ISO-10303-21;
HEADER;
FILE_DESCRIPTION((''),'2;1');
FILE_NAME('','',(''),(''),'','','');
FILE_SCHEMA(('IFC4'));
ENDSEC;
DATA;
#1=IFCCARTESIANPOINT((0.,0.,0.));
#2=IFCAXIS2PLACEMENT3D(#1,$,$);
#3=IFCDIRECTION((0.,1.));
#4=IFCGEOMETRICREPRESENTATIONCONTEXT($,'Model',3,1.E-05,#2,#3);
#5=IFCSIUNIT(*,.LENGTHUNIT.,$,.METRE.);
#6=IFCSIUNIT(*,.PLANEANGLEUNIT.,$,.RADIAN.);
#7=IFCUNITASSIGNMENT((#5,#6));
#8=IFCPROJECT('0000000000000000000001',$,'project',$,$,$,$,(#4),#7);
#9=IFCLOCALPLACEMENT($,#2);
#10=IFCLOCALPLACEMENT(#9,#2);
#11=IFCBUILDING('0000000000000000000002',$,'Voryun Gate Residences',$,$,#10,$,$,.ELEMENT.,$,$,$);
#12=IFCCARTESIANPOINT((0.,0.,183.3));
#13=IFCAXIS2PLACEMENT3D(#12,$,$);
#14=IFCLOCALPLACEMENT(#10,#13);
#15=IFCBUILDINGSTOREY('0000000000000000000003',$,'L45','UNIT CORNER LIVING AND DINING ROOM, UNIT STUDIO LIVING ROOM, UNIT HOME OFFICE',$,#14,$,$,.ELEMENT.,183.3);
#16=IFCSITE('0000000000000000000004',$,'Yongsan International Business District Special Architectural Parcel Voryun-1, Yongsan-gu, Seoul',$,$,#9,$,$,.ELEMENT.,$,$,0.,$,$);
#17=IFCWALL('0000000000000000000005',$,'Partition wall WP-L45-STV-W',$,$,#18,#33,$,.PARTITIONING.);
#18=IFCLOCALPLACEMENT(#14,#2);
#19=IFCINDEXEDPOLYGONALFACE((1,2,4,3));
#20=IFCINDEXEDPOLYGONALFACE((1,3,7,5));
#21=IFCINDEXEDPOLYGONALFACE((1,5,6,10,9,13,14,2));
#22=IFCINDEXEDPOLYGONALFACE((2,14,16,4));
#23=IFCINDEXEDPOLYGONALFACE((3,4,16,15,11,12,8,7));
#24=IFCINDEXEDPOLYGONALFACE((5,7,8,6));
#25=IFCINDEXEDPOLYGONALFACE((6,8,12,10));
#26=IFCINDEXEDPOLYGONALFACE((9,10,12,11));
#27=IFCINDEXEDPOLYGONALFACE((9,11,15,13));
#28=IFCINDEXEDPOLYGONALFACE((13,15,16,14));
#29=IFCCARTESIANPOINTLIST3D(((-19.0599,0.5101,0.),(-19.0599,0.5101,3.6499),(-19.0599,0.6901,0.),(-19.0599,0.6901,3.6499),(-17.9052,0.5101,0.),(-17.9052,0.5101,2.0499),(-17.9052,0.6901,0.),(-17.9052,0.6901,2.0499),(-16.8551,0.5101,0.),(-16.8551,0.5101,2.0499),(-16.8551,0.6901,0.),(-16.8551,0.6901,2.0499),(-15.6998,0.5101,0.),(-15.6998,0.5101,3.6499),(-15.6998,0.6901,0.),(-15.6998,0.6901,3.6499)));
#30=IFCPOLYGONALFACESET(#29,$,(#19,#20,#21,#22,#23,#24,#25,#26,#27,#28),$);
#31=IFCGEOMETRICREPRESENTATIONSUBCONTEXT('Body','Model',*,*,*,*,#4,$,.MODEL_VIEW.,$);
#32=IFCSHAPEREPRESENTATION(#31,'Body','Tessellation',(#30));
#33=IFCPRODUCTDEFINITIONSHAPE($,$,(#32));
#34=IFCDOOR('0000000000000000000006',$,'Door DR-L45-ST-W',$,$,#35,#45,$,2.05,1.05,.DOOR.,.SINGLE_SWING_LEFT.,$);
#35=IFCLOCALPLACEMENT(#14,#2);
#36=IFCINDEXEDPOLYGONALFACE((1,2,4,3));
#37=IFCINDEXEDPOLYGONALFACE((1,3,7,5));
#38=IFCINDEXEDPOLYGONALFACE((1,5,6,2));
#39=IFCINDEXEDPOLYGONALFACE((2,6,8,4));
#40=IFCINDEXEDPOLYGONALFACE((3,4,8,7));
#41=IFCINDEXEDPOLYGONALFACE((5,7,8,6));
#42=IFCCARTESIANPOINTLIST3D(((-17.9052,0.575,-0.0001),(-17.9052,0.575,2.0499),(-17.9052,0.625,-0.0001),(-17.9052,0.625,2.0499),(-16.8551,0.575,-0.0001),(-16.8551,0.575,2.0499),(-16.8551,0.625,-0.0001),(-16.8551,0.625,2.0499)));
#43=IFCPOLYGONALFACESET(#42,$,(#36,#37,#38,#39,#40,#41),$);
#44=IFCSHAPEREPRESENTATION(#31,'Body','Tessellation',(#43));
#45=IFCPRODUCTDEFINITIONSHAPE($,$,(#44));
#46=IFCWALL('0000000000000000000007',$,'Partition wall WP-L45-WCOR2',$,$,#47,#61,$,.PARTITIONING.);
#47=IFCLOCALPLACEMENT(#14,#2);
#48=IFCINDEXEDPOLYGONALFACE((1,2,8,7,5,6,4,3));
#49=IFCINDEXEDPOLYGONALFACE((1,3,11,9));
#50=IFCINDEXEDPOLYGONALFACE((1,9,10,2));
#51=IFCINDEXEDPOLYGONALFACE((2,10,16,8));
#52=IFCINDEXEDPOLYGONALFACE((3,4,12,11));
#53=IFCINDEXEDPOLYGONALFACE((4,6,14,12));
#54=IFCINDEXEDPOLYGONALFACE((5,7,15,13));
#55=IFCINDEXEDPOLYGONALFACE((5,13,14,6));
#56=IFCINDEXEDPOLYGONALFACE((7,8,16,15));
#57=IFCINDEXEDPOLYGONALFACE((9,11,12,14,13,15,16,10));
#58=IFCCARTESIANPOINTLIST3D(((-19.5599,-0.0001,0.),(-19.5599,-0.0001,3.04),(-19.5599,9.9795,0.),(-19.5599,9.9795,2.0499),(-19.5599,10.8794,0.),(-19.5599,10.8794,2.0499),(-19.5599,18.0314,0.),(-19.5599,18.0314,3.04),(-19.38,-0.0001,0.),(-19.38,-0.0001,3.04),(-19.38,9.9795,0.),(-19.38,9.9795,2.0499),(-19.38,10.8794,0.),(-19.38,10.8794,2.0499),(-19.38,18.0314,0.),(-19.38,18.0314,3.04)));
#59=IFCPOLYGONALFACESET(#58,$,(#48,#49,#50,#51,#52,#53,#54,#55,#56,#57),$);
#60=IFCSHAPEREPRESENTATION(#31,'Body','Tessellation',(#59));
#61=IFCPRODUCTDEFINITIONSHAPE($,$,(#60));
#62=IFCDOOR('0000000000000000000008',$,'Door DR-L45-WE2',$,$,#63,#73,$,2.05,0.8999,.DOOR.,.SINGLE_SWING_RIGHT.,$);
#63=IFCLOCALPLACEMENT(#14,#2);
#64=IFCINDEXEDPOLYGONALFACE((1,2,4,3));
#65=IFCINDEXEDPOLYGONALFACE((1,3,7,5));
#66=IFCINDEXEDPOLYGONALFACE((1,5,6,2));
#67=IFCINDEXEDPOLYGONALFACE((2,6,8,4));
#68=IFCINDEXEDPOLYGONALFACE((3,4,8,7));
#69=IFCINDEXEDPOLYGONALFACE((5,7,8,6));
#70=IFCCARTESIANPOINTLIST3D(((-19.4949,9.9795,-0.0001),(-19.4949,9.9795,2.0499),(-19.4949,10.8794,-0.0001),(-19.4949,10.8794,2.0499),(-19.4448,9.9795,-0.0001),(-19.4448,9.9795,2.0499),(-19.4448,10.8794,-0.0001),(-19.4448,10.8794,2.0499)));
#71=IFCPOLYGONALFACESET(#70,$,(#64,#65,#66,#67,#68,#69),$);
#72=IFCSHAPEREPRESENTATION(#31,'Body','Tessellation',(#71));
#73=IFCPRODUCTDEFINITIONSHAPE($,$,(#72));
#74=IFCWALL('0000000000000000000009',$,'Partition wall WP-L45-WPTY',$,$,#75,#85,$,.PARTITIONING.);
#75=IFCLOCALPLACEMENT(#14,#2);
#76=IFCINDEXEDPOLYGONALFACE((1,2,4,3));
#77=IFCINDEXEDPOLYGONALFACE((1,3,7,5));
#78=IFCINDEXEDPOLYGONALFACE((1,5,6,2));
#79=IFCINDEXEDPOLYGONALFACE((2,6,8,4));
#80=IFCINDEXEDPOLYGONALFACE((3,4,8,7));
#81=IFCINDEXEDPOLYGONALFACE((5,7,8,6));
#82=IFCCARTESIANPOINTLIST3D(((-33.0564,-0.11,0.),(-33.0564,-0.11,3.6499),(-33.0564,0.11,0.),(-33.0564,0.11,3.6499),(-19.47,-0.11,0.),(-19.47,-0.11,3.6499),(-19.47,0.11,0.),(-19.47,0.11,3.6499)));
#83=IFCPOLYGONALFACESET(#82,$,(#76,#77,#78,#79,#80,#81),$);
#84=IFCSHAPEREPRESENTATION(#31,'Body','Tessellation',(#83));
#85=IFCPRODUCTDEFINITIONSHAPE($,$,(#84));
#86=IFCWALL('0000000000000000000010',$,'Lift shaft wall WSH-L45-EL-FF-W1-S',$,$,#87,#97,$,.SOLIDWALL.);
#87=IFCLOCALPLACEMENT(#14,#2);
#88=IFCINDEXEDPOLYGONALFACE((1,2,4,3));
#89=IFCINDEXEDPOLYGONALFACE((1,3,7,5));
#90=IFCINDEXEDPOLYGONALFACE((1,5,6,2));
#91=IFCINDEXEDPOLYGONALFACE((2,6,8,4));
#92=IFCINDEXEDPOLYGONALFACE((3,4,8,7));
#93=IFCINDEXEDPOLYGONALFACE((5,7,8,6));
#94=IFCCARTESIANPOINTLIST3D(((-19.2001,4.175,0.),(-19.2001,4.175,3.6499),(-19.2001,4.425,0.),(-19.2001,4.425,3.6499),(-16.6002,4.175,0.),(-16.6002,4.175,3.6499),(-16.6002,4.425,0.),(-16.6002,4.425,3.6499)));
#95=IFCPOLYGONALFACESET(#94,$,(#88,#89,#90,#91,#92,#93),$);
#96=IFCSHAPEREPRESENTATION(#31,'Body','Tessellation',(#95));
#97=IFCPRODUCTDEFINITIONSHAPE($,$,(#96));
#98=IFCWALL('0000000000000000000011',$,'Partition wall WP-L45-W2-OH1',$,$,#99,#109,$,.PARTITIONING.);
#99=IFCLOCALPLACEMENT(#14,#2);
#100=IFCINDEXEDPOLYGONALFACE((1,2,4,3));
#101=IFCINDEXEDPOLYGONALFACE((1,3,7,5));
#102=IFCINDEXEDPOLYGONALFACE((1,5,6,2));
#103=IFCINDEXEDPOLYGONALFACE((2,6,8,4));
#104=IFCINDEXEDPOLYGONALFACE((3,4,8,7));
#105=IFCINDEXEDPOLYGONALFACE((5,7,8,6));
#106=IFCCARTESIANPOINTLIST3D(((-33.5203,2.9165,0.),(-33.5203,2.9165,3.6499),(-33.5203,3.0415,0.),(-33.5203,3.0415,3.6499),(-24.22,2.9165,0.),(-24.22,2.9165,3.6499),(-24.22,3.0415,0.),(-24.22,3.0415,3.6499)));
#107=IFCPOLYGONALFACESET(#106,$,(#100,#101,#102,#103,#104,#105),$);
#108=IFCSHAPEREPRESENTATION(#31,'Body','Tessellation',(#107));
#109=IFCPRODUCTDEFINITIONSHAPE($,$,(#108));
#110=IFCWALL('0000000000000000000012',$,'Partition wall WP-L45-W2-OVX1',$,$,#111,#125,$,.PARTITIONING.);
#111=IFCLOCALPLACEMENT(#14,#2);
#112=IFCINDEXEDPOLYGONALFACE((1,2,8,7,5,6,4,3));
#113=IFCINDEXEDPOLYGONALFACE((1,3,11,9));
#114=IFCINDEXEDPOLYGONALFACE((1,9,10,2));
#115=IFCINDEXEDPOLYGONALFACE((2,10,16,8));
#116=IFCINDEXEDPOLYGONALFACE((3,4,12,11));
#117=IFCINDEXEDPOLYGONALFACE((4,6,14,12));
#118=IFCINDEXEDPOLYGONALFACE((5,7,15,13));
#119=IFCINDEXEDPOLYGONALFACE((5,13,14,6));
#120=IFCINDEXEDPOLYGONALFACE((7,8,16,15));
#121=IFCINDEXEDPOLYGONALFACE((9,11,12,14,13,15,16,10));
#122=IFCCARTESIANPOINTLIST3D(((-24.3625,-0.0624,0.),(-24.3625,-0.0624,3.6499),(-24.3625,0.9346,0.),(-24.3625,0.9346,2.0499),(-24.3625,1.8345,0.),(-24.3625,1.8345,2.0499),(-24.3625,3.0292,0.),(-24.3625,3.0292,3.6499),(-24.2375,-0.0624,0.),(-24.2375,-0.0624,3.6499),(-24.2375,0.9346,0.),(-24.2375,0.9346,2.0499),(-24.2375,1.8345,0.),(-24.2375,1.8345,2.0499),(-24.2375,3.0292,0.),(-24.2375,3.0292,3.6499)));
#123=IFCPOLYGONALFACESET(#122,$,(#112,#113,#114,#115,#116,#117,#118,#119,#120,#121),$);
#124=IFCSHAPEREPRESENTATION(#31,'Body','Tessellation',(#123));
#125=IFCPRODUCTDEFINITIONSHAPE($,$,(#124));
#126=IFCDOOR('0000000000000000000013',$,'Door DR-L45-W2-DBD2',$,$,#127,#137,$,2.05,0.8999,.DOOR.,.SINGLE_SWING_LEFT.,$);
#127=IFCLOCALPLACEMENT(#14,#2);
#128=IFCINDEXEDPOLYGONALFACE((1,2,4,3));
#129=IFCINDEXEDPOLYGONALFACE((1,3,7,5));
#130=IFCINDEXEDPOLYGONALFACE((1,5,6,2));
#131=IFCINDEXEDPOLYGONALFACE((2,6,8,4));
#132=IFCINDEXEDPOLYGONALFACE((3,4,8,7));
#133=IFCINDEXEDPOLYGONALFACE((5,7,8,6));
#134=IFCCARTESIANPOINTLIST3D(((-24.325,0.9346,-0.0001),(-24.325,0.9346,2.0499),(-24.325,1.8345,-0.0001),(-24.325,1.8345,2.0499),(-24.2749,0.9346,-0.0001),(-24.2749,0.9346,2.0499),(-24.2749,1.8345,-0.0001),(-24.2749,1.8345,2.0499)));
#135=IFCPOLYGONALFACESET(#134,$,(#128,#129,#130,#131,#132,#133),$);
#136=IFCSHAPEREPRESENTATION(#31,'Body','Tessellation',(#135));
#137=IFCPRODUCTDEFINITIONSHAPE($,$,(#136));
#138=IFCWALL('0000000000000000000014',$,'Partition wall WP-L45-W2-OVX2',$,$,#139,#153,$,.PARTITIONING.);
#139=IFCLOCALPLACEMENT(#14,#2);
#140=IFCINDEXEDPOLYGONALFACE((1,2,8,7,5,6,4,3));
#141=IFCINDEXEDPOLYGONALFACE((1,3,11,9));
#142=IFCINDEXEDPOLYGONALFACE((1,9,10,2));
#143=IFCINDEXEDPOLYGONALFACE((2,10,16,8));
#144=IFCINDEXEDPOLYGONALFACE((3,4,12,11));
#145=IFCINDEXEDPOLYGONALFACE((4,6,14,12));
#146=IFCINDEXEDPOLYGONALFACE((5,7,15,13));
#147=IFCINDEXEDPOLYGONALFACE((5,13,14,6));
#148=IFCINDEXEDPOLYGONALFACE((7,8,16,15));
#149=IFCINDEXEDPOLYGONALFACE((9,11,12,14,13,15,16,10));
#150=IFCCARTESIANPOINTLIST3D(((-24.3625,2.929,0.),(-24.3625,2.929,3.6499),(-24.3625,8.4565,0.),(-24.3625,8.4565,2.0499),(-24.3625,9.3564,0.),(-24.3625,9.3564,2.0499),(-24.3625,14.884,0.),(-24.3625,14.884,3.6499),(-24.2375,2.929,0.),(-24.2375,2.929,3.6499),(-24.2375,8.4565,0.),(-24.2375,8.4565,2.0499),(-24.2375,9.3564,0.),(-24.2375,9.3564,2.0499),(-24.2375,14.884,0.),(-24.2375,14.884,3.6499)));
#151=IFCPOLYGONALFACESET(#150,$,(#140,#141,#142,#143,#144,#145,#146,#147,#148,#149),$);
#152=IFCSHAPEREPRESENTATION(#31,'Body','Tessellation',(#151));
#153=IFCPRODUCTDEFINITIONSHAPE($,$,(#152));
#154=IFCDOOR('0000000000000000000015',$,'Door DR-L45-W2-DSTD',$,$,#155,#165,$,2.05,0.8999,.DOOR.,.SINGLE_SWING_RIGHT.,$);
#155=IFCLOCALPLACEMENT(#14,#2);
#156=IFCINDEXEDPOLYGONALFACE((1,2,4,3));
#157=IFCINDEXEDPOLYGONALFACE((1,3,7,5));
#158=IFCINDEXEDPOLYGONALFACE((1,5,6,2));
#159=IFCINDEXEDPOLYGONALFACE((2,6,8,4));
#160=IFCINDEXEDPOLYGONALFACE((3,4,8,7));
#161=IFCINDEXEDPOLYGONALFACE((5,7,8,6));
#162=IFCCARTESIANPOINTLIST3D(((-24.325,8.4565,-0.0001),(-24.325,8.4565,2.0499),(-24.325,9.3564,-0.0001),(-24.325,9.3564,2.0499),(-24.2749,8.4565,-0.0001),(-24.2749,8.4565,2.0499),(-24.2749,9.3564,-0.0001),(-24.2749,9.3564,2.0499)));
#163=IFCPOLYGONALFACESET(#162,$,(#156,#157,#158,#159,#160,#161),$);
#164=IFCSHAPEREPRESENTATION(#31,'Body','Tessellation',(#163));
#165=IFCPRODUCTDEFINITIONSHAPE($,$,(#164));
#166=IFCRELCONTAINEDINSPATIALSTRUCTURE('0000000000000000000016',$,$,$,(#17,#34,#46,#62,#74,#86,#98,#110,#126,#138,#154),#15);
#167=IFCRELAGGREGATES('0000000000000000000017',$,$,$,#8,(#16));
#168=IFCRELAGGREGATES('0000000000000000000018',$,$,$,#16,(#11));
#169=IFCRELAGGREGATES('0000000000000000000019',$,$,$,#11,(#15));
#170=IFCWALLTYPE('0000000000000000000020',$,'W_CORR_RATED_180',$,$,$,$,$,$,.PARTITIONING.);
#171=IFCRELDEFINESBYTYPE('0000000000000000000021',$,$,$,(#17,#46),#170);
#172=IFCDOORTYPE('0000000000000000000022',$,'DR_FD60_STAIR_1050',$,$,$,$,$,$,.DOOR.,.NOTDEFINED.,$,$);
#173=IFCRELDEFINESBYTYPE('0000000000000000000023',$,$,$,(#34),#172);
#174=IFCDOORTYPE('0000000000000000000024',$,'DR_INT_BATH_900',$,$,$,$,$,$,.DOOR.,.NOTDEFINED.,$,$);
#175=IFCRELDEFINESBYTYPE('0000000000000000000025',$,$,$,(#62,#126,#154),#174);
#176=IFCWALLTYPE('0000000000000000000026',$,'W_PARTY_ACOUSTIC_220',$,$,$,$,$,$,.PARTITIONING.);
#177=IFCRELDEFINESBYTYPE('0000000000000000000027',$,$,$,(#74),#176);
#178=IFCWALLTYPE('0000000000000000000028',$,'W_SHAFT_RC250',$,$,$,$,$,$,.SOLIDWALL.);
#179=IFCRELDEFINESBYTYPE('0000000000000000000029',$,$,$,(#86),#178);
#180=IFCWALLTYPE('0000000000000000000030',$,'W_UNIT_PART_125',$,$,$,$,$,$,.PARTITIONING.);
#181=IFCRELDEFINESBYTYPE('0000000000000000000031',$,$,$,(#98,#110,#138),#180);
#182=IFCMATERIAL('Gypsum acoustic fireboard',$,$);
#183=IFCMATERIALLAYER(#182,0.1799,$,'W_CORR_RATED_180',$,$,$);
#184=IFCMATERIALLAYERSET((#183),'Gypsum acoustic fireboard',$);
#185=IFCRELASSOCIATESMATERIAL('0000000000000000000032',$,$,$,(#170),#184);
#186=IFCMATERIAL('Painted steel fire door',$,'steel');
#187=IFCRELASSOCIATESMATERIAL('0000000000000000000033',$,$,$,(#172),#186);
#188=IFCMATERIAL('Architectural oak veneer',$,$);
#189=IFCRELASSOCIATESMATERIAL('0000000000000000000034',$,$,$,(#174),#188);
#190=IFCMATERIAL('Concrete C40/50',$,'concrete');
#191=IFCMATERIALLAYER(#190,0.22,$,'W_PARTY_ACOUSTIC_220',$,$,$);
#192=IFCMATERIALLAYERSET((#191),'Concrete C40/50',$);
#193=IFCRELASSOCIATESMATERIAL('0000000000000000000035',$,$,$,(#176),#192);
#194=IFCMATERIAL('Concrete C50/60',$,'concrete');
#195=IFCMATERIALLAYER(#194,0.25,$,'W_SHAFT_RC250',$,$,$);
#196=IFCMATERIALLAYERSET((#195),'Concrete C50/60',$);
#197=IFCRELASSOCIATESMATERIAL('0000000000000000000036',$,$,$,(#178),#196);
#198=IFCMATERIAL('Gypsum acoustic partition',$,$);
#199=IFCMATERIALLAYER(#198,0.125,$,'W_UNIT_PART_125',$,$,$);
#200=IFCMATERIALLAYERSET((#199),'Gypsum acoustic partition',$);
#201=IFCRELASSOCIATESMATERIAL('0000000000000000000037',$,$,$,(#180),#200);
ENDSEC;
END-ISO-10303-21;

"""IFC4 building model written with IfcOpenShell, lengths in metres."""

from ifc_helpers import new_model, si_unit, direction, frame, frame_2d, origin, place, context, subcontext, project, spatial, rectangle, extrude, material, layer, layer_set, type_object, element, fill, save


model = new_model("IFC4")

# Units and contexts
model_context = context("Model", 3, precision=1e-05, world=origin(), true_north=direction((0.0, 1.0)))
body_context = subcontext(model_context, "Body", "Model", "MODEL_VIEW")
ifc_project = project(units=[si_unit("LENGTHUNIT", "METRE"), si_unit("PLANEANGLEUNIT", "RADIAN")], contexts=[model_context])

# Site, building, storey
site_placement = place(None, origin())
site = spatial("IfcSite", under=ifc_project, at=site_placement, Name="Yongsan International Business District Special Architectural Parcel Voryun-1, Yongsan-gu, Seoul", CompositionType="ELEMENT", RefElevation=0.0)
building_placement = place(site_placement, origin())
building = spatial("IfcBuilding", under=site, at=building_placement, Name="Voryun Gate Residences", CompositionType="ELEMENT")
storey_placement = place(building_placement, frame((0.0, 0.0, 183.3)))
storey = spatial("IfcBuildingStorey", under=building, at=storey_placement, Name="L45", Description="UNIT CORNER LIVING AND DINING ROOM, UNIT STUDIO LIVING ROOM, UNIT HOME OFFICE", CompositionType="ELEMENT", Elevation=183.3)

# Walls, openings, doors
ifc_material_1 = material(Name="Gypsum acoustic fireboard")
ifc_layer_1 = layer(ifc_material_1, 0.1799, Name="W_CORR_RATED_180")
ifc_layer_set_1 = layer_set([ifc_layer_1], Name="Gypsum acoustic fireboard")
wall_type_1 = type_object("IfcWallType", Name="W_CORR_RATED_180", PredefinedType="PARTITIONING", material=ifc_layer_set_1)
wall_1_placement = place(storey_placement, frame((-19.0601, 0.6001, 0.0), z_axis=(0.0, 0.0, 1.0), x_axis=(1.0, 0.0, 0.0)))
wall_1 = element("IfcWall", 1, at=wall_1_placement, inside=storey, type_object=wall_type_1, Name="Partition wall WP-L45-STV-W", PredefinedType="PARTITIONING", context=body_context, shape_type="SweptSolid", body=[
    extrude(rectangle(XDim=3.3601, YDim=0.1799, at=frame_2d((1.6802, 0.0))), origin(), (0.0, 0.0, 1.0), 3.6499),
])
opening_1_placement = place(wall_1_placement, frame((1.155, 0.0, 0.0)))
opening_1 = element("IfcOpeningElement", 2, at=opening_1_placement, cuts=wall_1, PredefinedType="OPENING", context=body_context, shape_type="SweptSolid", body=[
    extrude(rectangle(XDim=1.05, YDim=2.05, at=frame_2d((0.5249, 1.0249))), frame((0.0, 0.0999, 0.0), z_axis=(0.0, -1.0, 0.0), x_axis=(1.0, 0.0, 0.0)), (0.0, 0.0, 1.0), 0.2),
])
ifc_material_2 = material(Name="Painted steel fire door", Category="steel")
door_type_1 = type_object("IfcDoorType", Name="DR_FD60_STAIR_1050", OperationType="NOTDEFINED", PredefinedType="DOOR", material=ifc_material_2)
door_1_placement = place(opening_1_placement, origin())
door_1 = element("IfcDoor", 3, at=door_1_placement, inside=storey, type_object=door_type_1, Name="Door DR-L45-ST-W", OperationType="SINGLE_SWING_LEFT", OverallHeight=2.05, OverallWidth=1.05, PredefinedType="DOOR", context=body_context, shape_type="SweptSolid", body=[
    extrude(rectangle(XDim=1.05, YDim=2.05, at=frame_2d((0.5249, 1.0249))), frame((0.0, 0.0249, 0.0), z_axis=(0.0, -1.0, 0.0), x_axis=(1.0, 0.0, 0.0)), (0.0, 0.0, 1.0), 0.05),
])
fill(opening_1, door_1)
wall_2_placement = place(storey_placement, frame((-19.47, 0.0, 0.0), z_axis=(0.0, 0.0, 1.0), x_axis=(0.0, 1.0, 0.0)))
wall_2 = element("IfcWall", 4, at=wall_2_placement, inside=storey, type_object=wall_type_1, Name="Partition wall WP-L45-WCOR2", PredefinedType="PARTITIONING", context=body_context, shape_type="SweptSolid", body=[
    extrude(rectangle(XDim=18.0315, YDim=0.1799, at=frame_2d((9.0156, 0.0))), origin(), (0.0, 0.0, 1.0), 3.04),
])
opening_2_placement = place(wall_2_placement, frame((9.9795, 0.0, 0.0)))
opening_2 = element("IfcOpeningElement", 5, at=opening_2_placement, cuts=wall_2, PredefinedType="OPENING", context=body_context, shape_type="SweptSolid", body=[
    extrude(rectangle(XDim=0.8999, YDim=2.05, at=frame_2d((0.45, 1.0249))), frame((0.0, 0.0999, 0.0), z_axis=(0.0, -1.0, 0.0), x_axis=(1.0, 0.0, 0.0)), (0.0, 0.0, 1.0), 0.2),
])
ifc_material_3 = material(Name="Architectural oak veneer")
door_type_2 = type_object("IfcDoorType", Name="DR_INT_BATH_900", OperationType="NOTDEFINED", PredefinedType="DOOR", material=ifc_material_3)
door_2_placement = place(opening_2_placement, origin())
door_2 = element("IfcDoor", 6, at=door_2_placement, inside=storey, type_object=door_type_2, Name="Door DR-L45-WE2", OperationType="SINGLE_SWING_RIGHT", OverallHeight=2.05, OverallWidth=0.8999, PredefinedType="DOOR", context=body_context, shape_type="SweptSolid", body=[
    extrude(rectangle(XDim=0.8999, YDim=2.05, at=frame_2d((0.45, 1.0249))), frame((0.0, 0.0249, 0.0), z_axis=(0.0, -1.0, 0.0), x_axis=(1.0, 0.0, 0.0)), (0.0, 0.0, 1.0), 0.05),
])
fill(opening_2, door_2)

# Walls
ifc_material_4 = material(Name="Concrete C40/50", Category="concrete")
ifc_layer_2 = layer(ifc_material_4, 0.22, Name="W_PARTY_ACOUSTIC_220")
ifc_layer_set_2 = layer_set([ifc_layer_2], Name="Concrete C40/50")
wall_type_2 = type_object("IfcWallType", Name="W_PARTY_ACOUSTIC_220", PredefinedType="PARTITIONING", material=ifc_layer_set_2)
wall_3_placement = place(storey_placement, frame((-19.47, 0.0, 0.0), z_axis=(0.0, 0.0, 1.0), x_axis=(-1.0, 0.0, 0.0)))
element("IfcWall", 7, at=wall_3_placement, inside=storey, type_object=wall_type_2, Name="Partition wall WP-L45-WPTY", PredefinedType="PARTITIONING", context=body_context, shape_type="SweptSolid", body=[
    extrude(rectangle(XDim=13.5864, YDim=0.22, at=frame_2d((6.7932, 0.0))), origin(), (0.0, 0.0, 1.0), 3.6499),
])
ifc_material_5 = material(Name="Concrete C50/60", Category="concrete")
ifc_layer_3 = layer(ifc_material_5, 0.25, Name="W_SHAFT_RC250")
ifc_layer_set_3 = layer_set([ifc_layer_3], Name="Concrete C50/60")
wall_type_3 = type_object("IfcWallType", Name="W_SHAFT_RC250", PredefinedType="SOLIDWALL", material=ifc_layer_set_3)
wall_4_placement = place(storey_placement, frame((-19.2, 4.3, 0.0), z_axis=(0.0, 0.0, 1.0), x_axis=(1.0, 0.0, 0.0)))
element("IfcWall", 8, at=wall_4_placement, inside=storey, type_object=wall_type_3, Name="Lift shaft wall WSH-L45-EL-FF-W1-S", PredefinedType="SOLIDWALL", context=body_context, shape_type="SweptSolid", body=[
    extrude(rectangle(XDim=2.5999, YDim=0.25, at=frame_2d((1.2998, 0.0))), origin(), (0.0, 0.0, 1.0), 3.6499),
])
ifc_material_6 = material(Name="Gypsum acoustic partition")
ifc_layer_4 = layer(ifc_material_6, 0.125, Name="W_UNIT_PART_125")
ifc_layer_set_4 = layer_set([ifc_layer_4], Name="Gypsum acoustic partition")
wall_type_4 = type_object("IfcWallType", Name="W_UNIT_PART_125", PredefinedType="PARTITIONING", material=ifc_layer_set_4)
wall_5_placement = place(storey_placement, frame((-33.5203, 2.979, 0.0), z_axis=(0.0, 0.0, 1.0), x_axis=(1.0, 0.0, 0.0)))
element("IfcWall", 9, at=wall_5_placement, inside=storey, type_object=wall_type_4, Name="Partition wall WP-L45-W2-OH1", PredefinedType="PARTITIONING", context=body_context, shape_type="SweptSolid", body=[
    extrude(rectangle(XDim=9.3003, YDim=0.125, at=frame_2d((4.6501, 0.0))), origin(), (0.0, 0.0, 1.0), 3.6499),
])

# Walls, openings, doors
wall_6_placement = place(storey_placement, frame((-24.3, -0.0625, 0.0), z_axis=(0.0, 0.0, 1.0), x_axis=(0.0, 1.0, 0.0)))
wall_6 = element("IfcWall", 10, at=wall_6_placement, inside=storey, type_object=wall_type_4, Name="Partition wall WP-L45-W2-OVX1", PredefinedType="PARTITIONING", context=body_context, shape_type="SweptSolid", body=[
    extrude(rectangle(XDim=3.0916, YDim=0.125, at=frame_2d((1.5459, 0.0))), origin(), (0.0, 0.0, 1.0), 3.6499),
])
opening_3_placement = place(wall_6_placement, frame((0.9971, 0.0, 0.0)))
opening_3 = element("IfcOpeningElement", 11, at=opening_3_placement, cuts=wall_6, PredefinedType="OPENING", context=body_context, shape_type="SweptSolid", body=[
    extrude(rectangle(XDim=0.8999, YDim=2.05, at=frame_2d((0.45, 1.0249))), frame((0.0, 0.0725, 0.0), z_axis=(0.0, -1.0, 0.0), x_axis=(1.0, 0.0, 0.0)), (0.0, 0.0, 1.0), 0.145),
])
door_3_placement = place(opening_3_placement, origin())
door_3 = element("IfcDoor", 12, at=door_3_placement, inside=storey, type_object=door_type_2, Name="Door DR-L45-W2-DBD2", OperationType="SINGLE_SWING_LEFT", OverallHeight=2.05, OverallWidth=0.8999, PredefinedType="DOOR", context=body_context, shape_type="SweptSolid", body=[
    extrude(rectangle(XDim=0.8999, YDim=2.05, at=frame_2d((0.45, 1.0249))), frame((0.0, 0.0249, 0.0), z_axis=(0.0, -1.0, 0.0), x_axis=(1.0, 0.0, 0.0)), (0.0, 0.0, 1.0), 0.05),
])
fill(opening_3, door_3)
wall_7_placement = place(storey_placement, frame((-24.3, 2.929, 0.0), z_axis=(0.0, 0.0, 1.0), x_axis=(0.0, 1.0, 0.0)))
wall_7 = element("IfcWall", 13, at=wall_7_placement, inside=storey, type_object=wall_type_4, Name="Partition wall WP-L45-W2-OVX2", PredefinedType="PARTITIONING", context=body_context, shape_type="SweptSolid", body=[
    extrude(rectangle(XDim=11.9551, YDim=0.125, at=frame_2d((5.9775, 0.0))), origin(), (0.0, 0.0, 1.0), 3.6499),
])
opening_4_placement = place(wall_7_placement, frame((5.5276, 0.0, 0.0)))
opening_4 = element("IfcOpeningElement", 14, at=opening_4_placement, cuts=wall_7, PredefinedType="OPENING", context=body_context, shape_type="SweptSolid", body=[
    extrude(rectangle(XDim=0.8999, YDim=2.05, at=frame_2d((0.45, 1.0249))), frame((0.0, 0.0725, 0.0), z_axis=(0.0, -1.0, 0.0), x_axis=(1.0, 0.0, 0.0)), (0.0, 0.0, 1.0), 0.145),
])
door_4_placement = place(opening_4_placement, origin())
door_4 = element("IfcDoor", 15, at=door_4_placement, inside=storey, type_object=door_type_2, Name="Door DR-L45-W2-DSTD", OperationType="SINGLE_SWING_RIGHT", OverallHeight=2.05, OverallWidth=0.8999, PredefinedType="DOOR", context=body_context, shape_type="SweptSolid", body=[
    extrude(rectangle(XDim=0.8999, YDim=2.05, at=frame_2d((0.45, 1.0249))), frame((0.0, 0.0249, 0.0), z_axis=(0.0, -1.0, 0.0), x_axis=(1.0, 0.0, 0.0)), (0.0, 0.0, 1.0), 0.05),
])
fill(opening_4, door_4)

save(model, "model.ifc")
